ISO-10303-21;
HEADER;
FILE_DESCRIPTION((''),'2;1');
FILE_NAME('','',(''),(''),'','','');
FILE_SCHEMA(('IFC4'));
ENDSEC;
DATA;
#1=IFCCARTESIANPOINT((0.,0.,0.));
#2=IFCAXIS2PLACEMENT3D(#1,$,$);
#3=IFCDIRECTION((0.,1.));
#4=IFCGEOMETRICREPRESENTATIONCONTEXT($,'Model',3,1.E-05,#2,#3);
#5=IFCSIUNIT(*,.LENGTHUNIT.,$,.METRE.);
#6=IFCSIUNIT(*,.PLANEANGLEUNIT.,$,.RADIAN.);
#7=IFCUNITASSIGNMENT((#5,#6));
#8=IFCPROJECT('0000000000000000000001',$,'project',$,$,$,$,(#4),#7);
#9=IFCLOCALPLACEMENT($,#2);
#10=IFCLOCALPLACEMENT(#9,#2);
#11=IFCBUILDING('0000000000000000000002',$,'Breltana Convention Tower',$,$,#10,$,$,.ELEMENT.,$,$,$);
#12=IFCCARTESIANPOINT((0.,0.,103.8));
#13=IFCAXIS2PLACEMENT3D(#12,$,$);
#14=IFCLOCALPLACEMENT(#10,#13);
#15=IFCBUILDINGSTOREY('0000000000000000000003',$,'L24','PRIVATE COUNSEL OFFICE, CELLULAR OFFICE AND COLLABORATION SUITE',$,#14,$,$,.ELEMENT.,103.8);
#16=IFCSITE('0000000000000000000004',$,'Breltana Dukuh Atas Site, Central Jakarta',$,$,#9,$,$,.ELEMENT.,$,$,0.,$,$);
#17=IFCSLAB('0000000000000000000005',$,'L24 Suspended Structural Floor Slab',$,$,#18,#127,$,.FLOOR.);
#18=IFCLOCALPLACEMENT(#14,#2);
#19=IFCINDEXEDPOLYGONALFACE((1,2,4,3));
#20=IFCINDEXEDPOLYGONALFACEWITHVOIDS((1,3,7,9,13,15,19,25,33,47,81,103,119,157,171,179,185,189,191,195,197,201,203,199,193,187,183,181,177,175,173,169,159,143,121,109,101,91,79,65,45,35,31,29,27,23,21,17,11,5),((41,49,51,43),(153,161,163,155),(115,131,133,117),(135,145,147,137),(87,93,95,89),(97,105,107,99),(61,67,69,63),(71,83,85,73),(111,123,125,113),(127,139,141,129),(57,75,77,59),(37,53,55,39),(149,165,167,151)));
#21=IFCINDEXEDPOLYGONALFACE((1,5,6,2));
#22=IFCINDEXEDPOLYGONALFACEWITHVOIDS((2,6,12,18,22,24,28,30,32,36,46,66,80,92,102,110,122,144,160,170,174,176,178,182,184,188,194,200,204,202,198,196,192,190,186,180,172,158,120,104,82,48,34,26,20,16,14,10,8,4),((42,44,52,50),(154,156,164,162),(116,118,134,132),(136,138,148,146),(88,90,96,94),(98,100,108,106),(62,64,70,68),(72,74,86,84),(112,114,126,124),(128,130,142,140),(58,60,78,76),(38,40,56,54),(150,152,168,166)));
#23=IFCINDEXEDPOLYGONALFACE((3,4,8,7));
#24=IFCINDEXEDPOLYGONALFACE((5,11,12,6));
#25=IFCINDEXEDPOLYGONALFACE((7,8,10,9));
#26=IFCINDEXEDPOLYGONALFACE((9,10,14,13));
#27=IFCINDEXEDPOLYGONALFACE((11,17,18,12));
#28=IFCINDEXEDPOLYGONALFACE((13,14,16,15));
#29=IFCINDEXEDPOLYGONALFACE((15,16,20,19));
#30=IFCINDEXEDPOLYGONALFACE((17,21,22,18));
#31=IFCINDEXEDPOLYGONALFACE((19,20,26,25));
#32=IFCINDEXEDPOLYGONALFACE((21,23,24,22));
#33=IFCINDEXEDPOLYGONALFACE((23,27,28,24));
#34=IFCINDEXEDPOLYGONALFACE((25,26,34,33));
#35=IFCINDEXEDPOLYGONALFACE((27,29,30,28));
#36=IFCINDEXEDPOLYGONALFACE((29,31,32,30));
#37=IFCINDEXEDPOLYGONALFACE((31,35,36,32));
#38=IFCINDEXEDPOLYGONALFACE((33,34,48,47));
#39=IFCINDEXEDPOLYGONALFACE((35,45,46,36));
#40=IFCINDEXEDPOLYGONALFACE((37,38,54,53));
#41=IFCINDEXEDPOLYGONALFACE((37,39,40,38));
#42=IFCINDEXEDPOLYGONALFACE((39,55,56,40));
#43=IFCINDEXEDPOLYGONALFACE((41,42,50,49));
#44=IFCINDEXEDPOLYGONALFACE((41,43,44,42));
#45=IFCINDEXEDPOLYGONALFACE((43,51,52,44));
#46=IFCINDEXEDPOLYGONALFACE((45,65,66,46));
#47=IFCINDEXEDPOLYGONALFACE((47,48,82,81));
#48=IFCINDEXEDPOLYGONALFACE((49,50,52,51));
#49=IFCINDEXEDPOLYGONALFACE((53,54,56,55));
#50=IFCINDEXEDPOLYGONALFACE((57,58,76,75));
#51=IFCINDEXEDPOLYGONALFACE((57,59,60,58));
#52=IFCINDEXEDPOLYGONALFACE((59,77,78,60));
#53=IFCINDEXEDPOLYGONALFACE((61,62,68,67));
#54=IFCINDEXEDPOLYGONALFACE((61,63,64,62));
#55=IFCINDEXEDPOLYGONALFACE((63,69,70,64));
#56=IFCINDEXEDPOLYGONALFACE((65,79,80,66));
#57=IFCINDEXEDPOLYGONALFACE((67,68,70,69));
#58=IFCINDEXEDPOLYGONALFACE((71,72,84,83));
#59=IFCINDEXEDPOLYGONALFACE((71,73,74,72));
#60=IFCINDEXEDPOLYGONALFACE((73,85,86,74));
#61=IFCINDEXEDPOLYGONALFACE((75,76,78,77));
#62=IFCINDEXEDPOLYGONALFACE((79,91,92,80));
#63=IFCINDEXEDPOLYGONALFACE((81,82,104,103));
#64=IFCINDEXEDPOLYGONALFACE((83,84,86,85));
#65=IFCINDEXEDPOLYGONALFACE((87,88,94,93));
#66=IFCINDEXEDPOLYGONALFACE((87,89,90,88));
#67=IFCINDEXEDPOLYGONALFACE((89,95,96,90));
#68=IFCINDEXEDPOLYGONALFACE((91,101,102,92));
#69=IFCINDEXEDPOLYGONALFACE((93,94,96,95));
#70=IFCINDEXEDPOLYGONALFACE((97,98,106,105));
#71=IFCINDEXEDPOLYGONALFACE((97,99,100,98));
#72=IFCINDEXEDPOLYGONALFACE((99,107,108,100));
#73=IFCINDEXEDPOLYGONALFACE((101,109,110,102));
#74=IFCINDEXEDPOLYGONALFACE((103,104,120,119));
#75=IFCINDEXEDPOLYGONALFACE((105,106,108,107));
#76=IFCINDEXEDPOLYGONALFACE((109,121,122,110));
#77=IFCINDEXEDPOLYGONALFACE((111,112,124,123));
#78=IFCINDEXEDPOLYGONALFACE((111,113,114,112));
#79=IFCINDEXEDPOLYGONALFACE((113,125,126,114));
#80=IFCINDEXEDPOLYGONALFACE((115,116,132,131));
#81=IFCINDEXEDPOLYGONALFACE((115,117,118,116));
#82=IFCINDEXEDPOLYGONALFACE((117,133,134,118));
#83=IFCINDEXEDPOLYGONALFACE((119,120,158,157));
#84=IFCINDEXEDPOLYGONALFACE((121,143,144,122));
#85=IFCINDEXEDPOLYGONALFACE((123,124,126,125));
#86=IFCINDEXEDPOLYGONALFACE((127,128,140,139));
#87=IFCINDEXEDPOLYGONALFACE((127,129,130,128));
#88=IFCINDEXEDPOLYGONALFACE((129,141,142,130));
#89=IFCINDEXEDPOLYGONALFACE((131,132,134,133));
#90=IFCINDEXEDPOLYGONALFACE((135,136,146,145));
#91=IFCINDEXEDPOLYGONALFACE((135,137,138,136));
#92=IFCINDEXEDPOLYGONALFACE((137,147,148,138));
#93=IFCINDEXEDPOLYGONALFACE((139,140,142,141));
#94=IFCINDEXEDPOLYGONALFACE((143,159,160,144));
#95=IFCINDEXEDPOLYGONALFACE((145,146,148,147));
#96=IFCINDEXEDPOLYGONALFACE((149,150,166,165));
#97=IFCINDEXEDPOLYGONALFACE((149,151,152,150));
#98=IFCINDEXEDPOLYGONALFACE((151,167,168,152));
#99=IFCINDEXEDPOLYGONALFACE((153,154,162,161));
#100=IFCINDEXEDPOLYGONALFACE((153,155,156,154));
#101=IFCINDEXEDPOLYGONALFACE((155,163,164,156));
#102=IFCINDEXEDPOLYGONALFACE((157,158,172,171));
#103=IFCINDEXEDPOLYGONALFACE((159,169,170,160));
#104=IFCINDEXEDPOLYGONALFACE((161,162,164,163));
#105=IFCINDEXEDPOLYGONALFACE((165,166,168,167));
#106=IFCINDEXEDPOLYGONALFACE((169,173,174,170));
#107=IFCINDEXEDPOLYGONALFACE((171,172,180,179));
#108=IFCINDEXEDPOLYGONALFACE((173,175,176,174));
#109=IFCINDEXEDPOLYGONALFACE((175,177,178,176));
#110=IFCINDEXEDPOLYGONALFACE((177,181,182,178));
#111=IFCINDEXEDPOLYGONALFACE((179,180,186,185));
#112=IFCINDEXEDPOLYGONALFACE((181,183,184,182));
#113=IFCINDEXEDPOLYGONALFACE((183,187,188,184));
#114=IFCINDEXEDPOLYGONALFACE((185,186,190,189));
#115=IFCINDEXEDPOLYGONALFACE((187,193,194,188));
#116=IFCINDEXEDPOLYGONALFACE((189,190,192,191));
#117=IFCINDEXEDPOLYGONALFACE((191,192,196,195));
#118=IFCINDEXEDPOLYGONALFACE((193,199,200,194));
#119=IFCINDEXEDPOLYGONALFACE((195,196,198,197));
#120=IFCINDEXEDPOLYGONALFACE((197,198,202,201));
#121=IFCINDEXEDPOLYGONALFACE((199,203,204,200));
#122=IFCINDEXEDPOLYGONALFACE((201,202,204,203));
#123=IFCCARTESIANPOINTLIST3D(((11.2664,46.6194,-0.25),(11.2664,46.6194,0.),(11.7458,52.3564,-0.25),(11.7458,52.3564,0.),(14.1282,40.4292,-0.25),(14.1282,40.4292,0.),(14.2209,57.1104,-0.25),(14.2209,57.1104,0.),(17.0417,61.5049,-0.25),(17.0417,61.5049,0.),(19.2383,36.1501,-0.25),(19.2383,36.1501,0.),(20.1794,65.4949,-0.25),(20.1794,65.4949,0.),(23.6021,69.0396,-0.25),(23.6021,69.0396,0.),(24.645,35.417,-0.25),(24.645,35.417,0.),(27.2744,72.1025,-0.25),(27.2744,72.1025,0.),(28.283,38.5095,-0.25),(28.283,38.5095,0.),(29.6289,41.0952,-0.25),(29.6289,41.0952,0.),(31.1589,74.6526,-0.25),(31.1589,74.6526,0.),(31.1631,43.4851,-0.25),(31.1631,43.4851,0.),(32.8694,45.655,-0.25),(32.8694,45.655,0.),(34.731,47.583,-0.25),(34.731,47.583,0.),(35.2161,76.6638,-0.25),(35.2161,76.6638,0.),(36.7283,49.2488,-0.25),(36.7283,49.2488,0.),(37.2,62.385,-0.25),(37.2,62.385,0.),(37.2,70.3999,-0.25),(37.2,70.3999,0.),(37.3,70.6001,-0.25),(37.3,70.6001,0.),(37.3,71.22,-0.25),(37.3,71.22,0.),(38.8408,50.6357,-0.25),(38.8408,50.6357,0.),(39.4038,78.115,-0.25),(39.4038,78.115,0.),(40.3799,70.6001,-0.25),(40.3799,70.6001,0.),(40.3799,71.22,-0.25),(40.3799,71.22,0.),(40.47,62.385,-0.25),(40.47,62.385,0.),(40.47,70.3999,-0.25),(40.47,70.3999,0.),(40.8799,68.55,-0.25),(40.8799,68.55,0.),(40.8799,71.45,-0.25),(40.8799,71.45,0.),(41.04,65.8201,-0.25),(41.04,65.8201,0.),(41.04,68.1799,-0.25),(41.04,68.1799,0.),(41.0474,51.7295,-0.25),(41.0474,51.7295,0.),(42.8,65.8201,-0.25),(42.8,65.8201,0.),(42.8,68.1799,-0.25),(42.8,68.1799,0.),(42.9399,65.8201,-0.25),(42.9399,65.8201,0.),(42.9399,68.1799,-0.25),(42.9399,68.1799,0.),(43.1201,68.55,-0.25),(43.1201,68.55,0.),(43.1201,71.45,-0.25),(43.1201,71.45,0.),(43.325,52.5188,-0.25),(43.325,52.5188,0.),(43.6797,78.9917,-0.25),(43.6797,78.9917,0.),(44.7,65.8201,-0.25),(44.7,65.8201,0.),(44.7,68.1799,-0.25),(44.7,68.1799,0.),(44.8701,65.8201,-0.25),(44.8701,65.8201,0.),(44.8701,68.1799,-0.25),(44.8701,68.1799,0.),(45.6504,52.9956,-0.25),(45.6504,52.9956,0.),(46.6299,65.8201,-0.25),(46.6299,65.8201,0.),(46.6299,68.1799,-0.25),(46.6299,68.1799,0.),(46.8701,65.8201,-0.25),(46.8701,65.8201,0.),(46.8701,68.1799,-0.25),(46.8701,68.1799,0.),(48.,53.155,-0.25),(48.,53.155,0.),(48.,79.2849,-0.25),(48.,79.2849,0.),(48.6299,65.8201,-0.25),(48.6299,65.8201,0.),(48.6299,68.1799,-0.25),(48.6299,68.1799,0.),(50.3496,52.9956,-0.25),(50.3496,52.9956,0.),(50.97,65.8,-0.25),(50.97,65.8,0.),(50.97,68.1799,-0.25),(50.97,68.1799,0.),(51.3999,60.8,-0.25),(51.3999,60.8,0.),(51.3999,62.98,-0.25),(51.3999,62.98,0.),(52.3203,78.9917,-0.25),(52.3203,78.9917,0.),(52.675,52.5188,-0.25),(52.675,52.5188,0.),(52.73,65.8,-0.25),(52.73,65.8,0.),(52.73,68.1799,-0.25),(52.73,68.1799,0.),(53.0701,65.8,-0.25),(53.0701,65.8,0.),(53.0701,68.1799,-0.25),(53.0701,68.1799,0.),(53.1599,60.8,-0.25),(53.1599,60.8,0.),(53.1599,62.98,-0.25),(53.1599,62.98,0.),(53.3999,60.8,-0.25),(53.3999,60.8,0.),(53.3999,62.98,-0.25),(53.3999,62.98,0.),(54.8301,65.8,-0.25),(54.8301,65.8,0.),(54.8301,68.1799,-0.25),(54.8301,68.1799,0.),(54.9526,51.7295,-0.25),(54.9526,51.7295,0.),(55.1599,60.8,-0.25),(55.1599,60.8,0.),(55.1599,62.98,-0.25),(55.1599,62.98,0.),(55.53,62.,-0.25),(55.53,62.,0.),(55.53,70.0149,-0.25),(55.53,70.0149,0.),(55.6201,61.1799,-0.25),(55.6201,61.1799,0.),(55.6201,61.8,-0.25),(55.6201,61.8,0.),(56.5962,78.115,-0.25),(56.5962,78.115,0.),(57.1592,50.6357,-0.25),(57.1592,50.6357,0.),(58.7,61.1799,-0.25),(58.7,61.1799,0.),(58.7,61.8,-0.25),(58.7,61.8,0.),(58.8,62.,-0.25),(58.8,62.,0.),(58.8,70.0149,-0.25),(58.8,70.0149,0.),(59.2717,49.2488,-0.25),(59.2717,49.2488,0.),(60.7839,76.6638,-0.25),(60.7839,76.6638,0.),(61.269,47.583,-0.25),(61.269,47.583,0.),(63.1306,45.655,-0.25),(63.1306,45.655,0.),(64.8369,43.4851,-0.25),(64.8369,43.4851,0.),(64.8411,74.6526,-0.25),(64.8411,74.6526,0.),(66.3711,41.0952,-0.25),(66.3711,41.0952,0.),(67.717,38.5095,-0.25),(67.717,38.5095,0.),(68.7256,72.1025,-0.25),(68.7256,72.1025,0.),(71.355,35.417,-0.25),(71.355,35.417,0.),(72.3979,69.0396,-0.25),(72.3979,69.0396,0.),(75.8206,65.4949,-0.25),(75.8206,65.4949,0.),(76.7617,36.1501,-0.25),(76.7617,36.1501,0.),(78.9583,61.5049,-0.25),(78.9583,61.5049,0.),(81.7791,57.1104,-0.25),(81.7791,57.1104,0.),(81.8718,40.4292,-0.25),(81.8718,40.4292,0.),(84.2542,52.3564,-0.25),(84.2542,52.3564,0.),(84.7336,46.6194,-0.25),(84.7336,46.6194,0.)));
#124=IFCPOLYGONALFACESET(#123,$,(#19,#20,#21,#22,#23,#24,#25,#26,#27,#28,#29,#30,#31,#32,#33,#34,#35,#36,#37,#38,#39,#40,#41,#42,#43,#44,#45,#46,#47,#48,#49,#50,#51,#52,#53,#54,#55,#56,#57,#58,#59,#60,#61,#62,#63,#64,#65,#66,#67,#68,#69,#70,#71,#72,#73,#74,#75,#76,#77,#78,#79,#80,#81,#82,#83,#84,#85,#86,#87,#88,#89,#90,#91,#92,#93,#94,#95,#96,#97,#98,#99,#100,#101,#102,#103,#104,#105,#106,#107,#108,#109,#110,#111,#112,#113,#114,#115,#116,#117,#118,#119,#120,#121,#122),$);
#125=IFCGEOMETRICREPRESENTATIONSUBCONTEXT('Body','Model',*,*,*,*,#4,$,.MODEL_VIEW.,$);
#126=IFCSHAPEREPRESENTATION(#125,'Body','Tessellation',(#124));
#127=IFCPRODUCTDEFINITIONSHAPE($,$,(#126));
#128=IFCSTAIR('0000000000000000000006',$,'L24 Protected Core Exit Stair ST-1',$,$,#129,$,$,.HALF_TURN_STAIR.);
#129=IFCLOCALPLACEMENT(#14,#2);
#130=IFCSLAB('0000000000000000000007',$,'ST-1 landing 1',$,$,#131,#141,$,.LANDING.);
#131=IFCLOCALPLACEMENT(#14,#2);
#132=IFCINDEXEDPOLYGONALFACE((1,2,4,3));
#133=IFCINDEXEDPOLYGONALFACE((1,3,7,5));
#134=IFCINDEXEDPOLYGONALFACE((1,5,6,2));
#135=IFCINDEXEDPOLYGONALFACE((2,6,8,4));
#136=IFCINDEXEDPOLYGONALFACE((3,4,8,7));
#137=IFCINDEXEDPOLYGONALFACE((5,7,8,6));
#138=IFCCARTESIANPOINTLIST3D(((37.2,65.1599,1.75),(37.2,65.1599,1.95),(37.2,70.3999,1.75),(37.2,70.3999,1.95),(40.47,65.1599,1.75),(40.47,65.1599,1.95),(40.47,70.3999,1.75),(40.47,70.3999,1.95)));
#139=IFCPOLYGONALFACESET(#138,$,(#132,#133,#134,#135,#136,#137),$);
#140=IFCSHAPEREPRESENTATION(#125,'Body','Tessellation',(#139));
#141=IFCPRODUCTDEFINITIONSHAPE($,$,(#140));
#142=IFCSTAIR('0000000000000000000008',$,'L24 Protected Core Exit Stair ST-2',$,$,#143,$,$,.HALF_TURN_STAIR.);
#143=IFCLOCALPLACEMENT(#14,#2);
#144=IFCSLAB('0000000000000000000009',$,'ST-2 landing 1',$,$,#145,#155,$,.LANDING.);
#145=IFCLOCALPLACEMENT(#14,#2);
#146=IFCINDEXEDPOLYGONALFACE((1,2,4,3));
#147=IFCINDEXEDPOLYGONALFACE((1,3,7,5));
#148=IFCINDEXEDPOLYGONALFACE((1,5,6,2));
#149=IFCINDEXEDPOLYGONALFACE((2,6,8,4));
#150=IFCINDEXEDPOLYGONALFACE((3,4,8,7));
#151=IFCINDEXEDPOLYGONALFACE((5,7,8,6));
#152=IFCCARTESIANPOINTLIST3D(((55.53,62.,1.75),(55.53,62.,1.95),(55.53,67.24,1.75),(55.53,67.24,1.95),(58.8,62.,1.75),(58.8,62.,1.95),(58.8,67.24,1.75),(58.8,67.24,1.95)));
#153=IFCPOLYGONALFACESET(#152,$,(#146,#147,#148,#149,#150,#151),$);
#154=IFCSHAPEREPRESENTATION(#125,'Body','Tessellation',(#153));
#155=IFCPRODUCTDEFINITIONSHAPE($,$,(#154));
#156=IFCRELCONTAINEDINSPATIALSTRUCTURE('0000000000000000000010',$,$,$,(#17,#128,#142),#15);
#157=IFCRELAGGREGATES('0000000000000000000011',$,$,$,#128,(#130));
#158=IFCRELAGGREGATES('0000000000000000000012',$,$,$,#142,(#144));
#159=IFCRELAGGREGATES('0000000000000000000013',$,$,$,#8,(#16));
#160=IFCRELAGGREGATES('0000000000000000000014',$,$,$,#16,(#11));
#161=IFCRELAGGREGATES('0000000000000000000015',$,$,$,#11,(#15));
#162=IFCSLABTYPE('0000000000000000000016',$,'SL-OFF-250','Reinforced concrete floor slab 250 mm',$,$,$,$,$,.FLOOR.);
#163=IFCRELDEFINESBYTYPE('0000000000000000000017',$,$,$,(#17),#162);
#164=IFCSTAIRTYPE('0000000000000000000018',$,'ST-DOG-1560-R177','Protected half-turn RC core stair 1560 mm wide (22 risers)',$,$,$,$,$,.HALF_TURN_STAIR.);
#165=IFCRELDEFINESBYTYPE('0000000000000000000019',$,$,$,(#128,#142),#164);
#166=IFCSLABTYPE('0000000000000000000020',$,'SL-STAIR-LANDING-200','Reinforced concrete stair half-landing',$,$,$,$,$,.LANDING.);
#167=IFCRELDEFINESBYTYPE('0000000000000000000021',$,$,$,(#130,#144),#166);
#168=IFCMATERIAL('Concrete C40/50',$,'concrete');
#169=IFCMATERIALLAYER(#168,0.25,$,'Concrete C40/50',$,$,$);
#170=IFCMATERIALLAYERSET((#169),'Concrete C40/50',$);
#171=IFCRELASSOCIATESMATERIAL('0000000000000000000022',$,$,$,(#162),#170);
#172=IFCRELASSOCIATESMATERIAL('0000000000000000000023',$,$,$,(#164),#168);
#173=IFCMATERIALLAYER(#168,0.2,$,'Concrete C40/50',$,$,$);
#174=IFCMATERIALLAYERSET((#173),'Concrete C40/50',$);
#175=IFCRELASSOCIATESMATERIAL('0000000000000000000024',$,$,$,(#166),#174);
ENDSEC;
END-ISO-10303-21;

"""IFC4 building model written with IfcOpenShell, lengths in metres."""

from ifc_helpers import new_model, si_unit, direction, frame, origin, place, context, subcontext, project, spatial, polyline, outline, extrude, material, layer, layer_set, type_object, element, aggregate, save


model = new_model("IFC4")

# Units and contexts
model_context = context("Model", 3, precision=1e-05, world=origin(), true_north=direction((0.0, 1.0)))
body_context = subcontext(model_context, "Body", "Model", "MODEL_VIEW")
ifc_project = project(units=[si_unit("LENGTHUNIT", "METRE"), si_unit("PLANEANGLEUNIT", "RADIAN")], contexts=[model_context])

# Site, building, storey
site_placement = place(None, origin())
site = spatial("IfcSite", under=ifc_project, at=site_placement, Name="Breltana Dukuh Atas Site, Central Jakarta", CompositionType="ELEMENT", RefElevation=0.0)
building_placement = place(site_placement, origin())
building = spatial("IfcBuilding", under=site, at=building_placement, Name="Breltana Convention Tower", CompositionType="ELEMENT")
storey_placement = place(building_placement, frame((0.0, 0.0, 103.8)))
storey = spatial("IfcBuildingStorey", under=building, at=storey_placement, Name="L24", Description="PRIVATE COUNSEL OFFICE, CELLULAR OFFICE AND COLLABORATION SUITE", CompositionType="ELEMENT", Elevation=103.8)

# Slab
ifc_material_1 = material(Name="Concrete C40/50", Category="concrete")
ifc_layer_1 = layer(ifc_material_1, 0.25, Name="Concrete C40/50")
ifc_layer_set_1 = layer_set([ifc_layer_1], Name="Concrete C40/50")
slab_type_1 = type_object("IfcSlabType", Name="SL-OFF-250", Description="Reinforced concrete floor slab 250 mm", PredefinedType="FLOOR", material=ifc_layer_set_1)
slab_1_placement = place(storey_placement, frame((0.0, 0.0, -0.25)))
element("IfcSlab", 1, at=slab_1_placement, inside=storey, type_object=slab_type_1, Name="L24 Suspended Structural Floor Slab", PredefinedType="FLOOR", context=body_context, shape_type="SweptSolid", body=[
    extrude(outline(polyline([(84.2542, 52.3564), (81.7791, 57.1104), (78.9583, 61.5049), (75.8206, 65.4949), (72.3979, 69.0396), (68.7256, 72.1025), (64.8411, 74.6526), (60.7839, 76.6638), (56.5962, 78.115), (52.3203, 78.9917), (48.0, 79.2849), (43.6797, 78.9917), (39.4038, 78.115), (35.2161, 76.6638), (31.1589, 74.6526), (27.2744, 72.1025), (23.6021, 69.0396), (20.1794, 65.4949), (17.0417, 61.5049), (14.2209, 57.1104), (11.7458, 52.3564), (11.2664, 46.6194), (14.1282, 40.4292), (19.2383, 36.1501), (24.645, 35.417), (28.283, 38.5095), (29.6289, 41.0952), (31.1631, 43.4851), (32.8694, 45.655), (34.731, 47.583), (36.7283, 49.2488), (38.8408, 50.6357), (41.0474, 51.7295), (43.325, 52.5188), (45.6504, 52.9956), (48.0, 53.155), (50.3496, 52.9956), (52.675, 52.5188), (54.9526, 51.7295), (57.1592, 50.6357), (59.2717, 49.2488), (61.269, 47.583), (63.1306, 45.655), (64.8369, 43.4851), (66.3711, 41.0952), (67.717, 38.5095), (71.355, 35.417), (76.7617, 36.1501), (81.8718, 40.4292), (84.7336, 46.6194), (84.2542, 52.3564)]), holes=[polyline([(37.2, 62.385), (40.47, 62.385), (40.47, 70.3999), (37.2, 70.3999), (37.2, 62.385)]), polyline([(55.53, 62.0), (58.8, 62.0), (58.8, 70.0149), (55.53, 70.0149), (55.53, 62.0)]), polyline([(51.3999, 60.8), (53.1599, 60.8), (53.1599, 62.98), (51.3999, 62.98), (51.3999, 60.8)]), polyline([(53.3999, 60.8), (55.1599, 60.8), (55.1599, 62.98), (53.3999, 62.98), (53.3999, 60.8)]), polyline([(41.04, 65.8201), (42.8, 65.8201), (42.8, 68.1799), (41.04, 68.1799), (41.04, 65.8201)]), polyline([(42.9399, 65.8201), (44.7, 65.8201), (44.7, 68.1799), (42.9399, 68.1799), (42.9399, 65.8201)]), polyline([(44.8701, 65.8201), (46.6299, 65.8201), (46.6299, 68.1799), (44.8701, 68.1799), (44.8701, 65.8201)]), polyline([(46.8701, 65.8201), (48.6299, 65.8201), (48.6299, 68.1799), (46.8701, 68.1799), (46.8701, 65.8201)]), polyline([(50.97, 65.8), (52.73, 65.8), (52.73, 68.1799), (50.97, 68.1799), (50.97, 65.8)]), polyline([(53.0701, 65.8), (54.8301, 65.8), (54.8301, 68.1799), (53.0701, 68.1799), (53.0701, 65.8)]), polyline([(40.8799, 68.55), (43.1201, 68.55), (43.1201, 71.45), (40.8799, 71.45), (40.8799, 68.55)]), polyline([(37.3, 70.6001), (40.3799, 70.6001), (40.3799, 71.22), (37.3, 71.22), (37.3, 70.6001)]), polyline([(55.6201, 61.1799), (58.7, 61.1799), (58.7, 61.8), (55.6201, 61.8), (55.6201, 61.1799)])]), origin(), (0.0, 0.0, 1.0), 0.25),
])

# Stairs, slabs
stair_type = type_object("IfcStairType", Name="ST-DOG-1560-R177", Description="Protected half-turn RC core stair 1560 mm wide (22 risers)", PredefinedType="HALF_TURN_STAIR", material=ifc_material_1)
stair_1_placement = place(storey_placement, origin())
stair_1 = element("IfcStair", 2, at=stair_1_placement, inside=storey, type_object=stair_type, Name="L24 Protected Core Exit Stair ST-1", PredefinedType="HALF_TURN_STAIR")
ifc_layer_2 = layer(ifc_material_1, 0.2, Name="Concrete C40/50")
ifc_layer_set_2 = layer_set([ifc_layer_2], Name="Concrete C40/50")
slab_type_2 = type_object("IfcSlabType", Name="SL-STAIR-LANDING-200", Description="Reinforced concrete stair half-landing", PredefinedType="LANDING", material=ifc_layer_set_2)
slab_2_placement = place(storey_placement, frame((0.0, 0.0, 1.75)))
slab_2 = element("IfcSlab", 3, at=slab_2_placement, type_object=slab_type_2, Name="ST-1 landing 1", PredefinedType="LANDING", context=body_context, shape_type="SweptSolid", body=[
    extrude(outline(polyline([(40.47, 65.1599), (40.47, 70.3999), (37.2, 70.3999), (37.2, 65.1599), (40.47, 65.1599)])), origin(), (0.0, 0.0, 1.0), 0.2),
])
aggregate(stair_1, [slab_2])
stair_2_placement = place(storey_placement, origin())
stair_2 = element("IfcStair", 4, at=stair_2_placement, inside=storey, type_object=stair_type, Name="L24 Protected Core Exit Stair ST-2", PredefinedType="HALF_TURN_STAIR")
slab_3_placement = place(storey_placement, frame((0.0, 0.0, 1.75)))
slab_3 = element("IfcSlab", 5, at=slab_3_placement, type_object=slab_type_2, Name="ST-2 landing 1", PredefinedType="LANDING", context=body_context, shape_type="SweptSolid", body=[
    extrude(outline(polyline([(55.53, 67.24), (55.53, 62.0), (58.8, 62.0), (58.8, 67.24), (55.53, 67.24)])), origin(), (0.0, 0.0, 1.0), 0.2),
])
aggregate(stair_2, [slab_3])

save(model, "model.ifc")
